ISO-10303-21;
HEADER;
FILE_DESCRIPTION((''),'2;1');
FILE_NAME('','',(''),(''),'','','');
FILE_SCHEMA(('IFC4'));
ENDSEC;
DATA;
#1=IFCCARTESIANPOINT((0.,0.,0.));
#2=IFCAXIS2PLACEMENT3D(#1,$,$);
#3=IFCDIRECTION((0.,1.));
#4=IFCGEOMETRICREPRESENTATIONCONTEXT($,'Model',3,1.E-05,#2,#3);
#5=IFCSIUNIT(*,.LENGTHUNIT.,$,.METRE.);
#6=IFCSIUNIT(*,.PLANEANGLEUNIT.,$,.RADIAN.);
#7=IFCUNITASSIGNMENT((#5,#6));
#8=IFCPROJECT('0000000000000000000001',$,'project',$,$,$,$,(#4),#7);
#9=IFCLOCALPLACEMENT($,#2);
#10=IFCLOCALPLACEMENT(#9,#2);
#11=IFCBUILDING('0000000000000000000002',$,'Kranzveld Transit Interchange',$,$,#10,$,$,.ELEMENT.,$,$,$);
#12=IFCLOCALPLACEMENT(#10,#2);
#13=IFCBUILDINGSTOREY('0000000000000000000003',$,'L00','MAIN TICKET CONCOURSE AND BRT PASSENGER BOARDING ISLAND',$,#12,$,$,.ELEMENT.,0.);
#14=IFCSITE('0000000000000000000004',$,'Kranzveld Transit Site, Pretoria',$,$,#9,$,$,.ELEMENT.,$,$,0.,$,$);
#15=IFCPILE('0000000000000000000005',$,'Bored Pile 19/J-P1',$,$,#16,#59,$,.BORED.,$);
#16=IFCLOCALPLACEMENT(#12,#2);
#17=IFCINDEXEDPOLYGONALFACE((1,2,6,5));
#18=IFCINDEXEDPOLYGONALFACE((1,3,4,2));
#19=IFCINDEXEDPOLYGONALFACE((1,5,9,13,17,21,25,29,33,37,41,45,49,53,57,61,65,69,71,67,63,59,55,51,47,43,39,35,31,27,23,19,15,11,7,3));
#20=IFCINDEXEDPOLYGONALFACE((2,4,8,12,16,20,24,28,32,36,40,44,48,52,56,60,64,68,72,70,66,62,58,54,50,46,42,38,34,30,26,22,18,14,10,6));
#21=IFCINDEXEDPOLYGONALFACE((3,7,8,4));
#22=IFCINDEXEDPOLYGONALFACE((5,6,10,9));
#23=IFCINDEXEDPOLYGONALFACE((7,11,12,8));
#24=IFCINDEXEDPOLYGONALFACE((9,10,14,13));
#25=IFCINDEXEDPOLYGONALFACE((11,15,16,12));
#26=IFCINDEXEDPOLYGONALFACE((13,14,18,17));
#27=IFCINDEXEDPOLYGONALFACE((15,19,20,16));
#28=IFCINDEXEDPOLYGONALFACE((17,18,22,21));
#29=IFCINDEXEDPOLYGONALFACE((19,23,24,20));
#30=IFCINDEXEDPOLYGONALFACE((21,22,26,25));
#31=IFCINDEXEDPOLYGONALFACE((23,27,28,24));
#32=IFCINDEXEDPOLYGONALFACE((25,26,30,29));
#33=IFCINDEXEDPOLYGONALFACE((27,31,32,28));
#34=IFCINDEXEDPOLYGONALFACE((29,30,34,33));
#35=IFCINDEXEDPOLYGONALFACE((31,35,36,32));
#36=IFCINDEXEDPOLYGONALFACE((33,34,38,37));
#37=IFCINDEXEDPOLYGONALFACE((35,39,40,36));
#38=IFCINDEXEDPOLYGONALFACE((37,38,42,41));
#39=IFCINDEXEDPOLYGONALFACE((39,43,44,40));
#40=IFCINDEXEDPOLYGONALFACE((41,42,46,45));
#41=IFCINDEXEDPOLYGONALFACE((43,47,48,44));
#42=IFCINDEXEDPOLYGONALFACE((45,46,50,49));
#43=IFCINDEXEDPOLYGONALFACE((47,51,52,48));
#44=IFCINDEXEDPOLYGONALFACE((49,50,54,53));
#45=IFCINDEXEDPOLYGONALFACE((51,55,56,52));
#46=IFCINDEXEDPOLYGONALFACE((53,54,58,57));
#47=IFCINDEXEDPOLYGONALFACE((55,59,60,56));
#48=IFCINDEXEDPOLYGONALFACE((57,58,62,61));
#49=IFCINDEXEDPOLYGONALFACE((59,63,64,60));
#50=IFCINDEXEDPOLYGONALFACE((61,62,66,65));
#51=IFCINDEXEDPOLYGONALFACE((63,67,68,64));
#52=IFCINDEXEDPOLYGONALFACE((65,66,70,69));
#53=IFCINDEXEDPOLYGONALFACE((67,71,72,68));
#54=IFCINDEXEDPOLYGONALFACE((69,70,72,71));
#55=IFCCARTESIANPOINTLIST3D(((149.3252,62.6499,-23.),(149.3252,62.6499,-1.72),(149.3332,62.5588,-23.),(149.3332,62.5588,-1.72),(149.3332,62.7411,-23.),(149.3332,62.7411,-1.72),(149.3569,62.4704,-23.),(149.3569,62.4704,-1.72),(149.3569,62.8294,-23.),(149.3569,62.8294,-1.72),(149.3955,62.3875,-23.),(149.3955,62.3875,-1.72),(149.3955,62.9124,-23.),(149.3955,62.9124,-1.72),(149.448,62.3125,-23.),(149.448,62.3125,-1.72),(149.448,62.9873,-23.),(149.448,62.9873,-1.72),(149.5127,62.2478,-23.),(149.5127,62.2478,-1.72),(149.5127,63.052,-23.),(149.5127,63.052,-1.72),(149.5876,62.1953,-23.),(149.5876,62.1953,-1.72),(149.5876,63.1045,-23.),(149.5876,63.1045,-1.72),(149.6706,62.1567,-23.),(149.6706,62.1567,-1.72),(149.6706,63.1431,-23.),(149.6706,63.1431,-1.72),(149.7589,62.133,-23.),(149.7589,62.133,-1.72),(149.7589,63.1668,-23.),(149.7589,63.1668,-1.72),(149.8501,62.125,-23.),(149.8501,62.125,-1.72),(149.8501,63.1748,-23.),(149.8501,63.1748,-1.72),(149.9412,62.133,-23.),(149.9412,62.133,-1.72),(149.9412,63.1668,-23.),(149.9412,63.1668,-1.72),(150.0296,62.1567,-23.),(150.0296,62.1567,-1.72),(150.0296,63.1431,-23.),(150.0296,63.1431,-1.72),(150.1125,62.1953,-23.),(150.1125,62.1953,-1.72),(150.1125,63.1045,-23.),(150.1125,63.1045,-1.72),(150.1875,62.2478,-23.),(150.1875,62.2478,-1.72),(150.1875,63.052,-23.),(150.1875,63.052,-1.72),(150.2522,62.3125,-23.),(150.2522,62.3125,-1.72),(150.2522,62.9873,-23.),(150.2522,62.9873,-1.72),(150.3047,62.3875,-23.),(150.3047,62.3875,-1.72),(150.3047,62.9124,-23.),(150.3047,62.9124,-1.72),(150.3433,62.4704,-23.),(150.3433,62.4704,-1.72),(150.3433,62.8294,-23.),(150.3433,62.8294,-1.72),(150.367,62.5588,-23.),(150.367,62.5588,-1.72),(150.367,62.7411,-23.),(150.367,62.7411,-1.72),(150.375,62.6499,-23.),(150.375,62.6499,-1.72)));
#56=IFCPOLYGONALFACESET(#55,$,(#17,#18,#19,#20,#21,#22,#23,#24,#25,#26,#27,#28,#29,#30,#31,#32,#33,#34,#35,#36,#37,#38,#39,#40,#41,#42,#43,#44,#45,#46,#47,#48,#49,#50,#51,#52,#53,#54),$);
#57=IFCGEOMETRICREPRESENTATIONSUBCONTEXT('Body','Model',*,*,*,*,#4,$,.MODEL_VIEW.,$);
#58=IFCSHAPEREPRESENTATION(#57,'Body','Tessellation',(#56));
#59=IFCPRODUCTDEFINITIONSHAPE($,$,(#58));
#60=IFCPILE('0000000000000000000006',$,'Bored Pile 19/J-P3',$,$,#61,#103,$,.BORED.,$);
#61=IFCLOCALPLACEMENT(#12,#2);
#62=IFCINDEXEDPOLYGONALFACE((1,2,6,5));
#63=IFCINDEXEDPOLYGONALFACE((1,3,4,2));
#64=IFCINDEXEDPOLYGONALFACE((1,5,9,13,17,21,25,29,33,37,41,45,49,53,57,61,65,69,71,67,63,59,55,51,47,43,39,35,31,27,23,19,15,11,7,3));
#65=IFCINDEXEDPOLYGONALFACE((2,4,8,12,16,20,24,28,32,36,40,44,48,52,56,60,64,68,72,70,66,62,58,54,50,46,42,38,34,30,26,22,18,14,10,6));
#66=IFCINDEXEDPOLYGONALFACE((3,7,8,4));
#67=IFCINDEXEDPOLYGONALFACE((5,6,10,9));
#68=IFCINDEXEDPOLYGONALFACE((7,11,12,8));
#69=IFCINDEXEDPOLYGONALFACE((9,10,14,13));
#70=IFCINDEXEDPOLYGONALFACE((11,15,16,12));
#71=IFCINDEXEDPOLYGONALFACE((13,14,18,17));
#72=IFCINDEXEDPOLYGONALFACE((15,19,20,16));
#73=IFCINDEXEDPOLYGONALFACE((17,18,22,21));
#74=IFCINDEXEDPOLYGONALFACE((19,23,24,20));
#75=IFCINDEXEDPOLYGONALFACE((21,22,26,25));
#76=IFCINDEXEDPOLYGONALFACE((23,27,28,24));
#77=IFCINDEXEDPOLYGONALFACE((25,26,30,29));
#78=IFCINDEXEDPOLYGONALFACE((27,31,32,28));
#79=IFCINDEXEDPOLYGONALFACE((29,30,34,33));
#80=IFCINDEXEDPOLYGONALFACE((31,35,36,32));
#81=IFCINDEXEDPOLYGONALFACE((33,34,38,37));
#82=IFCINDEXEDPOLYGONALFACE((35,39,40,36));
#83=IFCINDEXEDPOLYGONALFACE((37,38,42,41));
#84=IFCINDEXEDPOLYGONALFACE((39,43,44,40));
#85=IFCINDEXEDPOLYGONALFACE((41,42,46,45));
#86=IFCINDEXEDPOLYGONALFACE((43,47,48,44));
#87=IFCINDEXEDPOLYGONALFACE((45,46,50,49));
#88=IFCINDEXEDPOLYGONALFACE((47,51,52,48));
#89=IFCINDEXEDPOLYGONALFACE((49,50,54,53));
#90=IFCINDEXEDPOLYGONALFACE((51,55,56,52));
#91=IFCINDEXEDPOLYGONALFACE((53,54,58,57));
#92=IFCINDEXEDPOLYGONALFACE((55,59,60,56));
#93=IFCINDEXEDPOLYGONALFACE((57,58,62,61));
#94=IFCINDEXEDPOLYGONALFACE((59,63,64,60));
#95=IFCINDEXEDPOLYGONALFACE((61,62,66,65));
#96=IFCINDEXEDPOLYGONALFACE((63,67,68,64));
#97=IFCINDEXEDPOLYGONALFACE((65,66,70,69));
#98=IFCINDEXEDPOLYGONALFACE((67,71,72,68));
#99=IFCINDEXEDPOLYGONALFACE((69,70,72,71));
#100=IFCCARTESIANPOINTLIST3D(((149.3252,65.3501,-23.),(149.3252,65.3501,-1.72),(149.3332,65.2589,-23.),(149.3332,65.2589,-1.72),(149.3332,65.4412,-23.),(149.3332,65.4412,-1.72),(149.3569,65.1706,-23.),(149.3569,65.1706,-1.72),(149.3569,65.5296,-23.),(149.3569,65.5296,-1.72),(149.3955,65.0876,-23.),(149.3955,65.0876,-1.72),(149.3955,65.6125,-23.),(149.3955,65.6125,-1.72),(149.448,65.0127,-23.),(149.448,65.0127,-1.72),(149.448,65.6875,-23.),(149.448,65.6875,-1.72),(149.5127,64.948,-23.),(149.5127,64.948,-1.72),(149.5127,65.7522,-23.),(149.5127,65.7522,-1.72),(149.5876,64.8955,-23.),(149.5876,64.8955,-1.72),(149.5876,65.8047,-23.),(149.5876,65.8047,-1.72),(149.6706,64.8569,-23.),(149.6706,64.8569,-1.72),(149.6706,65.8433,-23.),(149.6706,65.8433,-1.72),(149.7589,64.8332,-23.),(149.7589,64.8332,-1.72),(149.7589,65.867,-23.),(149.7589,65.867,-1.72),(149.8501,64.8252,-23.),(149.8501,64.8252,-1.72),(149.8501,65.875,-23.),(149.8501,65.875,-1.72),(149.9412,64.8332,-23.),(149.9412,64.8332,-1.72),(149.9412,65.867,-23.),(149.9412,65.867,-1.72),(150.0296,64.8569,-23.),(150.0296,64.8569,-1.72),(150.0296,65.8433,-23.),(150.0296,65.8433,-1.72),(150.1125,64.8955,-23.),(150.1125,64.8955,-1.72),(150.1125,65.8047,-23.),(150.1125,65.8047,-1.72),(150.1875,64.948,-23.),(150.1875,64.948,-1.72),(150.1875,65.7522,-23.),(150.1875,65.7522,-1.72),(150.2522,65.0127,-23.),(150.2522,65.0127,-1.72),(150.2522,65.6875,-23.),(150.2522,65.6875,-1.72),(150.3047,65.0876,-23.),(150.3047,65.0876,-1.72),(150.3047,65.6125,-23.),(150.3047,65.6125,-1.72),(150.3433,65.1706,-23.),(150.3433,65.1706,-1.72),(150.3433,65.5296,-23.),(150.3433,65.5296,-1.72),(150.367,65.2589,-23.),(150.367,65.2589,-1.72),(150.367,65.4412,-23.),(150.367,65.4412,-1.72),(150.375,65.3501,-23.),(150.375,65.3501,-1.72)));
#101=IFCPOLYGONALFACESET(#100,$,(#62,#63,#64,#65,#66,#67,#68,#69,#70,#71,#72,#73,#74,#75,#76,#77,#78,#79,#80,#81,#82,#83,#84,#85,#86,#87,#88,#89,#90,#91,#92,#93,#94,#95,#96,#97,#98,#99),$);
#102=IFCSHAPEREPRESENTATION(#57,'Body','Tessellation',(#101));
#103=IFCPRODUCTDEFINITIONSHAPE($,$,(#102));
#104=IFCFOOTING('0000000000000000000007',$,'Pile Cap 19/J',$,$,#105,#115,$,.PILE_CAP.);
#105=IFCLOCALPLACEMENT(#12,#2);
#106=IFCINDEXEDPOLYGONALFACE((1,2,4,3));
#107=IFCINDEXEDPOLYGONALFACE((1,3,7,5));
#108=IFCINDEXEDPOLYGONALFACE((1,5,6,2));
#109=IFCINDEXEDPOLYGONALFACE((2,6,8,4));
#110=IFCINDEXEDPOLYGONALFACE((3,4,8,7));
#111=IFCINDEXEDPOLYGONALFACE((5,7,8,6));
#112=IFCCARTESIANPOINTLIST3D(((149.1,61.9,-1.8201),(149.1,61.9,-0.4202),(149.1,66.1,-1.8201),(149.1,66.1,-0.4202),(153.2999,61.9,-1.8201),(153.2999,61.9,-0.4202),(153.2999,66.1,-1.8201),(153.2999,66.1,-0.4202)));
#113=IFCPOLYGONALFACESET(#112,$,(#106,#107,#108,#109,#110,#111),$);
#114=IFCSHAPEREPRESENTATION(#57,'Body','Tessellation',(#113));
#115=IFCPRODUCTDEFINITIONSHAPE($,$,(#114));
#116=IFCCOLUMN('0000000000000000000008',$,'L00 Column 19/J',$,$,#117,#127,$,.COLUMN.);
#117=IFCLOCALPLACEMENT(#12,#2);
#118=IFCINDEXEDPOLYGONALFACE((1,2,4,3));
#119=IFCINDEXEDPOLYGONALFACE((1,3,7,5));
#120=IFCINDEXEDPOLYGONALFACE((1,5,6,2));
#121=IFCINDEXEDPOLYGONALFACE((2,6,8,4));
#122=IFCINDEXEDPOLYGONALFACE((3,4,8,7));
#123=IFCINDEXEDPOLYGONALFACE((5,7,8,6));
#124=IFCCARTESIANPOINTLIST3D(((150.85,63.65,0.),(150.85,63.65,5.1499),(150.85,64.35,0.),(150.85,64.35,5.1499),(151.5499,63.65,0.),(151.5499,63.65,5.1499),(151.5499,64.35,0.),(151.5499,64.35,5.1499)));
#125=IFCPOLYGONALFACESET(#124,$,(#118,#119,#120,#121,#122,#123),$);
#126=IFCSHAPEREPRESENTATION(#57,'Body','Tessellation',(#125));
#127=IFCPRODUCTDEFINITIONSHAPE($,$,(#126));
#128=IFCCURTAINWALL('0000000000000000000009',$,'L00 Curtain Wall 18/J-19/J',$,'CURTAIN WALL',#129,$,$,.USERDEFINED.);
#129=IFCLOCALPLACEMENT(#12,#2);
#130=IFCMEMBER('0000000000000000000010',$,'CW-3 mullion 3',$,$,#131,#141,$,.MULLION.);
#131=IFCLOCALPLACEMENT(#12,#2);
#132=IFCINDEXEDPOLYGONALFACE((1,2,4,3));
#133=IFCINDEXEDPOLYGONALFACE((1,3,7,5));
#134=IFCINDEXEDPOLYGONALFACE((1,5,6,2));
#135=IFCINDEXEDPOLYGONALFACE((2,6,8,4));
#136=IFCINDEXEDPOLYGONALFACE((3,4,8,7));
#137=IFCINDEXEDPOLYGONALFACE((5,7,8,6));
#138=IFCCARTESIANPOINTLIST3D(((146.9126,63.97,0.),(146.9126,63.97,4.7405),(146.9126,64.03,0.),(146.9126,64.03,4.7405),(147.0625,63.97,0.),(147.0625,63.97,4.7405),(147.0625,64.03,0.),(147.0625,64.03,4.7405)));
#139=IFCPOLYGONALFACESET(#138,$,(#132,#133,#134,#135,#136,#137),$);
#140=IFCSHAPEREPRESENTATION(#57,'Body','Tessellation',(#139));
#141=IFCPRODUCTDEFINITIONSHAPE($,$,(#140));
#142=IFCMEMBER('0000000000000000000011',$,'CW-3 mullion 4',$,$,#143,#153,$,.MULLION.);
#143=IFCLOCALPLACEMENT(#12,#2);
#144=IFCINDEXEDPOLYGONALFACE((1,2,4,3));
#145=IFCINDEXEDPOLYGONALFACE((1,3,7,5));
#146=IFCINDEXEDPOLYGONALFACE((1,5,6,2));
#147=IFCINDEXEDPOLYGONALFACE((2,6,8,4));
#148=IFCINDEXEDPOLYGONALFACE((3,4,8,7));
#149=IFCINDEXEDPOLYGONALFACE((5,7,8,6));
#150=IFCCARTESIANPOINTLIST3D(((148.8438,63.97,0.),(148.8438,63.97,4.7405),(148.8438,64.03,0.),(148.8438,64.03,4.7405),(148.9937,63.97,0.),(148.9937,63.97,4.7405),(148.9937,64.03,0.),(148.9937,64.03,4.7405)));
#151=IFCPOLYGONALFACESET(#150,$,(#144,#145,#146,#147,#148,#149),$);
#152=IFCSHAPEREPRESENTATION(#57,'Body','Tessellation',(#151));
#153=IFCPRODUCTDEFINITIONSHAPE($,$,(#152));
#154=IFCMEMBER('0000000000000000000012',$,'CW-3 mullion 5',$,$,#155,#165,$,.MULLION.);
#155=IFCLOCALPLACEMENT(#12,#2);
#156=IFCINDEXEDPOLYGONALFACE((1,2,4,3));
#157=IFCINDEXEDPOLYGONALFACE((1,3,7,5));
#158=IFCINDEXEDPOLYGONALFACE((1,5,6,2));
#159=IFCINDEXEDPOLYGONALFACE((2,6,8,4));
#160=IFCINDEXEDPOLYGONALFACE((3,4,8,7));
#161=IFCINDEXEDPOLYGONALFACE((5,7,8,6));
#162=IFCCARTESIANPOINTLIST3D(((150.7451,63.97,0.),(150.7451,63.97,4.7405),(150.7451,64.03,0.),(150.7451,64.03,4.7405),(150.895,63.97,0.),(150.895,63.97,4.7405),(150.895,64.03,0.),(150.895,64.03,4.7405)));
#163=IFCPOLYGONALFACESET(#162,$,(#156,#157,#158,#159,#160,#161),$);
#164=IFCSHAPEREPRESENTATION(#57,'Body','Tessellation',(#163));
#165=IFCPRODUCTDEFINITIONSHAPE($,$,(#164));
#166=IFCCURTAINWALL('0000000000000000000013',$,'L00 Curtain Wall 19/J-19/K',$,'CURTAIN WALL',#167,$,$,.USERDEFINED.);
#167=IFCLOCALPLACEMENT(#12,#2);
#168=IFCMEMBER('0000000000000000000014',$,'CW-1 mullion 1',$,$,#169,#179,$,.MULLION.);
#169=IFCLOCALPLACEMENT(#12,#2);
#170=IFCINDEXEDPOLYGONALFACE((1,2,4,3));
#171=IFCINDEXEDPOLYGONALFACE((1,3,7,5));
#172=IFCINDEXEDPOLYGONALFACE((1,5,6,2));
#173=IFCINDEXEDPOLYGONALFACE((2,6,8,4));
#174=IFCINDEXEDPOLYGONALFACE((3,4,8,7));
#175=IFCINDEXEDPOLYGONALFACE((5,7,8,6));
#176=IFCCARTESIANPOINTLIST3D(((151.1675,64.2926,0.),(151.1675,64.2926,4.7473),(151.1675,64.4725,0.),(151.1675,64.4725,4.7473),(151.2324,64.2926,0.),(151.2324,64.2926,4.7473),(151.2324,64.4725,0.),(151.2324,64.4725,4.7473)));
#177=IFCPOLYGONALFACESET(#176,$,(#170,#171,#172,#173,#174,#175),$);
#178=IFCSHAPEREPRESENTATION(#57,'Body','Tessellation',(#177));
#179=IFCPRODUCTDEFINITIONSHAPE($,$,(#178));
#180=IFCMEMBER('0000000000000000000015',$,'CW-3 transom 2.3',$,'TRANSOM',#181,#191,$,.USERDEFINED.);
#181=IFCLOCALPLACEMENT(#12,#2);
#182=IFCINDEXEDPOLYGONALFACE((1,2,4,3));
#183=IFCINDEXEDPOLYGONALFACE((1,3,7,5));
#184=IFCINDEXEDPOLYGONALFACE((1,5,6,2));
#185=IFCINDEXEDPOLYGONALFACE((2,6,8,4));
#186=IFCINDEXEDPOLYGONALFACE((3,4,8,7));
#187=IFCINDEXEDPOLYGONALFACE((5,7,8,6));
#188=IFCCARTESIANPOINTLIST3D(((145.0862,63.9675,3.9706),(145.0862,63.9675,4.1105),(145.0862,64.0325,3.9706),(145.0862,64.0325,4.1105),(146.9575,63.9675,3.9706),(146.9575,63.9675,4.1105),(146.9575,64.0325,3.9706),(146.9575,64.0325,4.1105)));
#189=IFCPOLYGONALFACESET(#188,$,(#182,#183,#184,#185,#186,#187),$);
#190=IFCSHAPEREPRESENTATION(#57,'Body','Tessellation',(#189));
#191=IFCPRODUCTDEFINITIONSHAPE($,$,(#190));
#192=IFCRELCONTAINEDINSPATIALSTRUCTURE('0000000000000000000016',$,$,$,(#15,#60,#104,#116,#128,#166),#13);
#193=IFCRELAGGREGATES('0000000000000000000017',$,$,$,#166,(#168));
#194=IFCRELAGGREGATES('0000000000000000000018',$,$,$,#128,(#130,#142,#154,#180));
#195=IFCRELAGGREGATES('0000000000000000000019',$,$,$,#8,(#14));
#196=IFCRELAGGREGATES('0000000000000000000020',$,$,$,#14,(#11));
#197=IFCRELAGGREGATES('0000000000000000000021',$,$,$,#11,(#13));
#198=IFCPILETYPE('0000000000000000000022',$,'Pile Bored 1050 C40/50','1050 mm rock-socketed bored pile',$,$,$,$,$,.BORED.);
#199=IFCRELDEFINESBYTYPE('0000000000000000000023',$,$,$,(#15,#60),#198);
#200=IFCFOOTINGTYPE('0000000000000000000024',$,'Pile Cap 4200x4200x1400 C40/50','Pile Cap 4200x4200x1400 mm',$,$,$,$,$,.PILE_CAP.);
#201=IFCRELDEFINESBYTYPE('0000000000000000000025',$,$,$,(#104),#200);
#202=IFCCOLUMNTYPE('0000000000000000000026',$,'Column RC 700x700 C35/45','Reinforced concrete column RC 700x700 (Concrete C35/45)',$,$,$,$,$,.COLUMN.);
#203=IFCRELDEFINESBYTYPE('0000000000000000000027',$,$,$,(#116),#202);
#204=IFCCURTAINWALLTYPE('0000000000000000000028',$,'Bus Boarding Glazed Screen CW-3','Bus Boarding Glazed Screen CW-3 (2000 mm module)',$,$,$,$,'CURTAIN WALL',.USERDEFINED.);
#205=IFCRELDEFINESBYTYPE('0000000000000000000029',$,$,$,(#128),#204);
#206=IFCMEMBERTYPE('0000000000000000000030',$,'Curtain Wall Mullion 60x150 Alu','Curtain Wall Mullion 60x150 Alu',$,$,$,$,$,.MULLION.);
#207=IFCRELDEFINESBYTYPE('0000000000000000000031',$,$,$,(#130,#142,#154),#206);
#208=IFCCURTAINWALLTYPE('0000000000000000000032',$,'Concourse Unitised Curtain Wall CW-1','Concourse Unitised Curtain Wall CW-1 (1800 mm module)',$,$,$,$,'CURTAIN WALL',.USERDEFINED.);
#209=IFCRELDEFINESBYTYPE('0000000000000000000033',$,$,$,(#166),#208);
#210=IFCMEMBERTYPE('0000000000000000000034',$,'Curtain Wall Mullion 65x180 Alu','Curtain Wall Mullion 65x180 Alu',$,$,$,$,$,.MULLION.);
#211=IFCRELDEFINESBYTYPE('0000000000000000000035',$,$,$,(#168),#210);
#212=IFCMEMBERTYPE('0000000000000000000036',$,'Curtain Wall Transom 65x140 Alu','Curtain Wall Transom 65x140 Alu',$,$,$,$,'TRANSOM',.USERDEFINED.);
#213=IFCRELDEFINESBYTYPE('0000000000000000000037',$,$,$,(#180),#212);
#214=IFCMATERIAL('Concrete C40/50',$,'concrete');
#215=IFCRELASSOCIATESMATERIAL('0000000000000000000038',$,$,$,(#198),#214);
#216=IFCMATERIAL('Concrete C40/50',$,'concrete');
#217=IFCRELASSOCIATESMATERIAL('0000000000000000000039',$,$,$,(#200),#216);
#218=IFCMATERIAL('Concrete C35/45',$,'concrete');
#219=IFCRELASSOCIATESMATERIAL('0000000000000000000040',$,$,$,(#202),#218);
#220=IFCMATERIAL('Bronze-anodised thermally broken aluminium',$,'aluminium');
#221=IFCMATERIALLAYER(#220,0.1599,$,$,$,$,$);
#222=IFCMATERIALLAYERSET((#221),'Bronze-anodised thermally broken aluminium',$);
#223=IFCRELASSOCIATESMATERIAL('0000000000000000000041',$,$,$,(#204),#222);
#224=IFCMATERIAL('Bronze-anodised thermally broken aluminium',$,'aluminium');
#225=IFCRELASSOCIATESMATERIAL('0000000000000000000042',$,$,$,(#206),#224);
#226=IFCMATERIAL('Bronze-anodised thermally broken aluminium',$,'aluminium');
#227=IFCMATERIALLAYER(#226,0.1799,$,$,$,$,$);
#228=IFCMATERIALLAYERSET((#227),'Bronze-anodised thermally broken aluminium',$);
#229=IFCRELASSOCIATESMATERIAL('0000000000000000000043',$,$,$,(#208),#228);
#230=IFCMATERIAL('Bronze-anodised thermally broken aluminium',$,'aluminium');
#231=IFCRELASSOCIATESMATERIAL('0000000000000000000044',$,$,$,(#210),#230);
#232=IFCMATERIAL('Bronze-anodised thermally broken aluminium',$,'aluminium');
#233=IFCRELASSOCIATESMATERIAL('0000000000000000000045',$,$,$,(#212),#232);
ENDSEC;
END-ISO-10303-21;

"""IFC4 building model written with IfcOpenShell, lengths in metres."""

from ifc_helpers import new_model, si_unit, direction, frame, origin, origin_2d, place, context, subcontext, project, spatial, rectangle, circle, extrude, material, layer, layer_set, material_profile, profile_set, type_object, element, aggregate, save


model = new_model("IFC4")

# Units and contexts
model_context = context("Model", 3, precision=1e-05, world=origin(), true_north=direction((0.0, 1.0)))
body_context = subcontext(model_context, "Body", "Model", "MODEL_VIEW")
ifc_project = project(units=[si_unit("LENGTHUNIT", "METRE"), si_unit("PLANEANGLEUNIT", "RADIAN")], contexts=[model_context])

# Site, building, storey
site_placement = place(None, origin())
site = spatial("IfcSite", under=ifc_project, at=site_placement, Name="Kranzveld Transit Site, Pretoria", CompositionType="ELEMENT", RefElevation=0.0)
building_placement = place(site_placement, origin())
building = spatial("IfcBuilding", under=site, at=building_placement, Name="Kranzveld Transit Interchange", CompositionType="ELEMENT")
storey_placement = place(building_placement, origin())
storey = spatial("IfcBuildingStorey", under=building, at=storey_placement, Name="L00", Description="MAIN TICKET CONCOURSE AND BRT PASSENGER BOARDING ISLAND", CompositionType="ELEMENT", Elevation=0.0)

# Piles
ifc_material_1 = material(Name="Concrete C40/50", Category="concrete")
ifc_material_profile_1 = material_profile(ifc_material_1, circle(Radius=0.5249, at=origin_2d()), Name="BORED PILE 1050")
ifc_profile_set_1 = profile_set([ifc_material_profile_1], Name="Concrete C40/50")
pile_type = type_object("IfcPileType", Name="Pile Bored 1050 C40/50", Description="1050 mm rock-socketed bored pile", PredefinedType="BORED", material=ifc_profile_set_1)
for number, where, z_axis, x_axis, name in (
    (1, (149.8501, 62.6499, -1.72), (0.0, 0.0, -1.0), (1.0, 0.0, 0.0), "Bored Pile 19/J-P1"),
    (2, (149.8501, 65.3501, -1.72), (0.0, 0.0, -1.0), (1.0, 0.0, 0.0), "Bored Pile 19/J-P3"),
):
    element("IfcPile", number, at=place(storey_placement, frame(where, z_axis=z_axis, x_axis=x_axis)), inside=storey, type_object=pile_type, Name=name, PredefinedType="BORED", context=body_context, shape_type="SweptSolid", body=[
        extrude(circle(Radius=0.5249, at=origin_2d()), origin(), (0.0, 0.0, 1.0), 21.28),
    ])

# Footing
ifc_material_2 = material(Name="Concrete C40/50", Category="concrete")
footing_type = type_object("IfcFootingType", Name="Pile Cap 4200x4200x1400 C40/50", Description="Pile Cap 4200x4200x1400 mm", PredefinedType="PILE_CAP", material=ifc_material_2)
footing_placement = place(storey_placement, frame((151.2, 64.0, -1.8201), z_axis=(0.0, 0.0, 1.0), x_axis=(1.0, 0.0, 0.0)))
element("IfcFooting", 3, at=footing_placement, inside=storey, type_object=footing_type, Name="Pile Cap 19/J", PredefinedType="PILE_CAP", context=body_context, shape_type="SweptSolid", body=[
    extrude(rectangle(XDim=4.2, YDim=4.2, at=origin_2d()), origin(), (0.0, 0.0, 1.0), 1.3999),
])

# Column
ifc_material_3 = material(Name="Concrete C35/45", Category="concrete")
ifc_material_profile_2 = material_profile(ifc_material_3, rectangle(XDim=0.7, YDim=0.7, at=origin_2d()), Name="RC 700x700")
ifc_profile_set_2 = profile_set([ifc_material_profile_2], Name="Concrete C35/45")
column_type = type_object("IfcColumnType", Name="Column RC 700x700 C35/45", Description="Reinforced concrete column RC 700x700 (Concrete C35/45)", PredefinedType="COLUMN", material=ifc_profile_set_2)
column_placement = place(storey_placement, frame((151.2, 64.0, 0.0), z_axis=(0.0, 0.0, 1.0), x_axis=(1.0, 0.0, 0.0)))
element("IfcColumn", 4, at=column_placement, inside=storey, type_object=column_type, Name="L00 Column 19/J", PredefinedType="COLUMN", context=body_context, shape_type="SweptSolid", body=[
    extrude(rectangle(XDim=0.7, YDim=0.7, at=origin_2d()), origin(), (0.0, 0.0, 1.0), 5.1499),
])

# Curtain wall, members
ifc_material_4 = material(Name="Bronze-anodised thermally broken aluminium", Category="aluminium")
ifc_layer_1 = layer(ifc_material_4, 0.1599)
ifc_layer_set_1 = layer_set([ifc_layer_1], Name="Bronze-anodised thermally broken aluminium")
curtain_wall_type_1 = type_object("IfcCurtainWallType", Name="Bus Boarding Glazed Screen CW-3", Description="Bus Boarding Glazed Screen CW-3 (2000 mm module)", ElementType="CURTAIN WALL", PredefinedType="USERDEFINED", material=ifc_layer_set_1)
curtain_wall_1_placement = place(storey_placement, origin())
curtain_wall_1 = element("IfcCurtainWall", 5, at=curtain_wall_1_placement, inside=storey, type_object=curtain_wall_type_1, Name="L00 Curtain Wall 18/J-19/J", ObjectType="CURTAIN WALL", PredefinedType="USERDEFINED")
ifc_material_5 = material(Name="Bronze-anodised thermally broken aluminium", Category="aluminium")
ifc_material_profile_3 = material_profile(ifc_material_5, rectangle(XDim=0.0601, YDim=0.1499, at=origin_2d()), Name="ALU MULLION 60x150")
ifc_profile_set_3 = profile_set([ifc_material_profile_3], Name="Bronze-anodised thermally broken aluminium")
member_type_1 = type_object("IfcMemberType", Name="Curtain Wall Mullion 60x150 Alu", Description="Curtain Wall Mullion 60x150 Alu", PredefinedType="MULLION", material=ifc_profile_set_3)
member_1_placement = place(storey_placement, frame((146.9875, 64.0, 0.0), z_axis=(0.0, 0.0, 1.0), x_axis=(0.0, 1.0, 0.0)))
member_1 = element("IfcMember", 6, at=member_1_placement, type_object=member_type_1, Name="CW-3 mullion 3", PredefinedType="MULLION", context=body_context, shape_type="SweptSolid", body=[
    extrude(rectangle(XDim=0.0601, YDim=0.1499, at=origin_2d()), origin(), (0.0, 0.0, 1.0), 4.7405),
])
member_2_placement = place(storey_placement, frame((148.9187, 64.0, 0.0), z_axis=(0.0, 0.0, 1.0), x_axis=(0.0, 1.0, 0.0)))
member_2 = element("IfcMember", 7, at=member_2_placement, type_object=member_type_1, Name="CW-3 mullion 4", PredefinedType="MULLION", context=body_context, shape_type="SweptSolid", body=[
    extrude(rectangle(XDim=0.0601, YDim=0.1499, at=origin_2d()), origin(), (0.0, 0.0, 1.0), 4.7405),
])
member_3_placement = place(storey_placement, frame((150.8201, 64.0, 0.0), z_axis=(0.0, 0.0, 1.0), x_axis=(0.0, 1.0, 0.0)))
member_3 = element("IfcMember", 8, at=member_3_placement, type_object=member_type_1, Name="CW-3 mullion 5", PredefinedType="MULLION", context=body_context, shape_type="SweptSolid", body=[
    extrude(rectangle(XDim=0.0601, YDim=0.1499, at=origin_2d()), origin(), (0.0, 0.0, 1.0), 4.7405),
])

# Curtain wall, member
ifc_material_6 = material(Name="Bronze-anodised thermally broken aluminium", Category="aluminium")
ifc_layer_2 = layer(ifc_material_6, 0.1799)
ifc_layer_set_2 = layer_set([ifc_layer_2], Name="Bronze-anodised thermally broken aluminium")
curtain_wall_type_2 = type_object("IfcCurtainWallType", Name="Concourse Unitised Curtain Wall CW-1", Description="Concourse Unitised Curtain Wall CW-1 (1800 mm module)", ElementType="CURTAIN WALL", PredefinedType="USERDEFINED", material=ifc_layer_set_2)
curtain_wall_2_placement = place(storey_placement, origin())
curtain_wall_2 = element("IfcCurtainWall", 9, at=curtain_wall_2_placement, inside=storey, type_object=curtain_wall_type_2, Name="L00 Curtain Wall 19/J-19/K", ObjectType="CURTAIN WALL", PredefinedType="USERDEFINED")
ifc_material_7 = material(Name="Bronze-anodised thermally broken aluminium", Category="aluminium")
ifc_material_profile_4 = material_profile(ifc_material_7, rectangle(XDim=0.0649, YDim=0.1799, at=origin_2d()), Name="ALU MULLION 65x180")
ifc_profile_set_4 = profile_set([ifc_material_profile_4], Name="Bronze-anodised thermally broken aluminium")
member_type_2 = type_object("IfcMemberType", Name="Curtain Wall Mullion 65x180 Alu", Description="Curtain Wall Mullion 65x180 Alu", PredefinedType="MULLION", material=ifc_profile_set_4)
member_4_placement = place(storey_placement, frame((151.2, 64.3826, 0.0), z_axis=(0.0, 0.0, 1.0), x_axis=(-1.0, 0.0, 0.0)))
member_4 = element("IfcMember", 10, at=member_4_placement, type_object=member_type_2, Name="CW-1 mullion 1", PredefinedType="MULLION", context=body_context, shape_type="SweptSolid", body=[
    extrude(rectangle(XDim=0.0649, YDim=0.1799, at=origin_2d()), origin(), (0.0, 0.0, 1.0), 4.7473),
])

# Member
ifc_material_8 = material(Name="Bronze-anodised thermally broken aluminium", Category="aluminium")
ifc_material_profile_5 = material_profile(ifc_material_8, rectangle(XDim=0.0649, YDim=0.1399, at=origin_2d()), Name="ALU TRANSOM 65x140")
ifc_profile_set_5 = profile_set([ifc_material_profile_5], Name="Bronze-anodised thermally broken aluminium")
member_type_3 = type_object("IfcMemberType", Name="Curtain Wall Transom 65x140 Alu", Description="Curtain Wall Transom 65x140 Alu", ElementType="TRANSOM", PredefinedType="USERDEFINED", material=ifc_profile_set_5)
member_5_placement = place(storey_placement, frame((145.0862, 64.0, 4.0405), z_axis=(1.0, 0.0, 0.0), x_axis=(0.0, 1.0, 0.0)))
member_5 = element("IfcMember", 11, at=member_5_placement, type_object=member_type_3, Name="CW-3 transom 2.3", ObjectType="TRANSOM", PredefinedType="USERDEFINED", context=body_context, shape_type="SweptSolid", body=[
    extrude(rectangle(XDim=0.0649, YDim=0.1399, at=origin_2d()), origin(), (0.0, 0.0, 1.0), 1.8713),
])
aggregate(curtain_wall_2, [member_4])

aggregate(curtain_wall_1, [member_1, member_2, member_3, member_5])

save(model, "model.ifc")
